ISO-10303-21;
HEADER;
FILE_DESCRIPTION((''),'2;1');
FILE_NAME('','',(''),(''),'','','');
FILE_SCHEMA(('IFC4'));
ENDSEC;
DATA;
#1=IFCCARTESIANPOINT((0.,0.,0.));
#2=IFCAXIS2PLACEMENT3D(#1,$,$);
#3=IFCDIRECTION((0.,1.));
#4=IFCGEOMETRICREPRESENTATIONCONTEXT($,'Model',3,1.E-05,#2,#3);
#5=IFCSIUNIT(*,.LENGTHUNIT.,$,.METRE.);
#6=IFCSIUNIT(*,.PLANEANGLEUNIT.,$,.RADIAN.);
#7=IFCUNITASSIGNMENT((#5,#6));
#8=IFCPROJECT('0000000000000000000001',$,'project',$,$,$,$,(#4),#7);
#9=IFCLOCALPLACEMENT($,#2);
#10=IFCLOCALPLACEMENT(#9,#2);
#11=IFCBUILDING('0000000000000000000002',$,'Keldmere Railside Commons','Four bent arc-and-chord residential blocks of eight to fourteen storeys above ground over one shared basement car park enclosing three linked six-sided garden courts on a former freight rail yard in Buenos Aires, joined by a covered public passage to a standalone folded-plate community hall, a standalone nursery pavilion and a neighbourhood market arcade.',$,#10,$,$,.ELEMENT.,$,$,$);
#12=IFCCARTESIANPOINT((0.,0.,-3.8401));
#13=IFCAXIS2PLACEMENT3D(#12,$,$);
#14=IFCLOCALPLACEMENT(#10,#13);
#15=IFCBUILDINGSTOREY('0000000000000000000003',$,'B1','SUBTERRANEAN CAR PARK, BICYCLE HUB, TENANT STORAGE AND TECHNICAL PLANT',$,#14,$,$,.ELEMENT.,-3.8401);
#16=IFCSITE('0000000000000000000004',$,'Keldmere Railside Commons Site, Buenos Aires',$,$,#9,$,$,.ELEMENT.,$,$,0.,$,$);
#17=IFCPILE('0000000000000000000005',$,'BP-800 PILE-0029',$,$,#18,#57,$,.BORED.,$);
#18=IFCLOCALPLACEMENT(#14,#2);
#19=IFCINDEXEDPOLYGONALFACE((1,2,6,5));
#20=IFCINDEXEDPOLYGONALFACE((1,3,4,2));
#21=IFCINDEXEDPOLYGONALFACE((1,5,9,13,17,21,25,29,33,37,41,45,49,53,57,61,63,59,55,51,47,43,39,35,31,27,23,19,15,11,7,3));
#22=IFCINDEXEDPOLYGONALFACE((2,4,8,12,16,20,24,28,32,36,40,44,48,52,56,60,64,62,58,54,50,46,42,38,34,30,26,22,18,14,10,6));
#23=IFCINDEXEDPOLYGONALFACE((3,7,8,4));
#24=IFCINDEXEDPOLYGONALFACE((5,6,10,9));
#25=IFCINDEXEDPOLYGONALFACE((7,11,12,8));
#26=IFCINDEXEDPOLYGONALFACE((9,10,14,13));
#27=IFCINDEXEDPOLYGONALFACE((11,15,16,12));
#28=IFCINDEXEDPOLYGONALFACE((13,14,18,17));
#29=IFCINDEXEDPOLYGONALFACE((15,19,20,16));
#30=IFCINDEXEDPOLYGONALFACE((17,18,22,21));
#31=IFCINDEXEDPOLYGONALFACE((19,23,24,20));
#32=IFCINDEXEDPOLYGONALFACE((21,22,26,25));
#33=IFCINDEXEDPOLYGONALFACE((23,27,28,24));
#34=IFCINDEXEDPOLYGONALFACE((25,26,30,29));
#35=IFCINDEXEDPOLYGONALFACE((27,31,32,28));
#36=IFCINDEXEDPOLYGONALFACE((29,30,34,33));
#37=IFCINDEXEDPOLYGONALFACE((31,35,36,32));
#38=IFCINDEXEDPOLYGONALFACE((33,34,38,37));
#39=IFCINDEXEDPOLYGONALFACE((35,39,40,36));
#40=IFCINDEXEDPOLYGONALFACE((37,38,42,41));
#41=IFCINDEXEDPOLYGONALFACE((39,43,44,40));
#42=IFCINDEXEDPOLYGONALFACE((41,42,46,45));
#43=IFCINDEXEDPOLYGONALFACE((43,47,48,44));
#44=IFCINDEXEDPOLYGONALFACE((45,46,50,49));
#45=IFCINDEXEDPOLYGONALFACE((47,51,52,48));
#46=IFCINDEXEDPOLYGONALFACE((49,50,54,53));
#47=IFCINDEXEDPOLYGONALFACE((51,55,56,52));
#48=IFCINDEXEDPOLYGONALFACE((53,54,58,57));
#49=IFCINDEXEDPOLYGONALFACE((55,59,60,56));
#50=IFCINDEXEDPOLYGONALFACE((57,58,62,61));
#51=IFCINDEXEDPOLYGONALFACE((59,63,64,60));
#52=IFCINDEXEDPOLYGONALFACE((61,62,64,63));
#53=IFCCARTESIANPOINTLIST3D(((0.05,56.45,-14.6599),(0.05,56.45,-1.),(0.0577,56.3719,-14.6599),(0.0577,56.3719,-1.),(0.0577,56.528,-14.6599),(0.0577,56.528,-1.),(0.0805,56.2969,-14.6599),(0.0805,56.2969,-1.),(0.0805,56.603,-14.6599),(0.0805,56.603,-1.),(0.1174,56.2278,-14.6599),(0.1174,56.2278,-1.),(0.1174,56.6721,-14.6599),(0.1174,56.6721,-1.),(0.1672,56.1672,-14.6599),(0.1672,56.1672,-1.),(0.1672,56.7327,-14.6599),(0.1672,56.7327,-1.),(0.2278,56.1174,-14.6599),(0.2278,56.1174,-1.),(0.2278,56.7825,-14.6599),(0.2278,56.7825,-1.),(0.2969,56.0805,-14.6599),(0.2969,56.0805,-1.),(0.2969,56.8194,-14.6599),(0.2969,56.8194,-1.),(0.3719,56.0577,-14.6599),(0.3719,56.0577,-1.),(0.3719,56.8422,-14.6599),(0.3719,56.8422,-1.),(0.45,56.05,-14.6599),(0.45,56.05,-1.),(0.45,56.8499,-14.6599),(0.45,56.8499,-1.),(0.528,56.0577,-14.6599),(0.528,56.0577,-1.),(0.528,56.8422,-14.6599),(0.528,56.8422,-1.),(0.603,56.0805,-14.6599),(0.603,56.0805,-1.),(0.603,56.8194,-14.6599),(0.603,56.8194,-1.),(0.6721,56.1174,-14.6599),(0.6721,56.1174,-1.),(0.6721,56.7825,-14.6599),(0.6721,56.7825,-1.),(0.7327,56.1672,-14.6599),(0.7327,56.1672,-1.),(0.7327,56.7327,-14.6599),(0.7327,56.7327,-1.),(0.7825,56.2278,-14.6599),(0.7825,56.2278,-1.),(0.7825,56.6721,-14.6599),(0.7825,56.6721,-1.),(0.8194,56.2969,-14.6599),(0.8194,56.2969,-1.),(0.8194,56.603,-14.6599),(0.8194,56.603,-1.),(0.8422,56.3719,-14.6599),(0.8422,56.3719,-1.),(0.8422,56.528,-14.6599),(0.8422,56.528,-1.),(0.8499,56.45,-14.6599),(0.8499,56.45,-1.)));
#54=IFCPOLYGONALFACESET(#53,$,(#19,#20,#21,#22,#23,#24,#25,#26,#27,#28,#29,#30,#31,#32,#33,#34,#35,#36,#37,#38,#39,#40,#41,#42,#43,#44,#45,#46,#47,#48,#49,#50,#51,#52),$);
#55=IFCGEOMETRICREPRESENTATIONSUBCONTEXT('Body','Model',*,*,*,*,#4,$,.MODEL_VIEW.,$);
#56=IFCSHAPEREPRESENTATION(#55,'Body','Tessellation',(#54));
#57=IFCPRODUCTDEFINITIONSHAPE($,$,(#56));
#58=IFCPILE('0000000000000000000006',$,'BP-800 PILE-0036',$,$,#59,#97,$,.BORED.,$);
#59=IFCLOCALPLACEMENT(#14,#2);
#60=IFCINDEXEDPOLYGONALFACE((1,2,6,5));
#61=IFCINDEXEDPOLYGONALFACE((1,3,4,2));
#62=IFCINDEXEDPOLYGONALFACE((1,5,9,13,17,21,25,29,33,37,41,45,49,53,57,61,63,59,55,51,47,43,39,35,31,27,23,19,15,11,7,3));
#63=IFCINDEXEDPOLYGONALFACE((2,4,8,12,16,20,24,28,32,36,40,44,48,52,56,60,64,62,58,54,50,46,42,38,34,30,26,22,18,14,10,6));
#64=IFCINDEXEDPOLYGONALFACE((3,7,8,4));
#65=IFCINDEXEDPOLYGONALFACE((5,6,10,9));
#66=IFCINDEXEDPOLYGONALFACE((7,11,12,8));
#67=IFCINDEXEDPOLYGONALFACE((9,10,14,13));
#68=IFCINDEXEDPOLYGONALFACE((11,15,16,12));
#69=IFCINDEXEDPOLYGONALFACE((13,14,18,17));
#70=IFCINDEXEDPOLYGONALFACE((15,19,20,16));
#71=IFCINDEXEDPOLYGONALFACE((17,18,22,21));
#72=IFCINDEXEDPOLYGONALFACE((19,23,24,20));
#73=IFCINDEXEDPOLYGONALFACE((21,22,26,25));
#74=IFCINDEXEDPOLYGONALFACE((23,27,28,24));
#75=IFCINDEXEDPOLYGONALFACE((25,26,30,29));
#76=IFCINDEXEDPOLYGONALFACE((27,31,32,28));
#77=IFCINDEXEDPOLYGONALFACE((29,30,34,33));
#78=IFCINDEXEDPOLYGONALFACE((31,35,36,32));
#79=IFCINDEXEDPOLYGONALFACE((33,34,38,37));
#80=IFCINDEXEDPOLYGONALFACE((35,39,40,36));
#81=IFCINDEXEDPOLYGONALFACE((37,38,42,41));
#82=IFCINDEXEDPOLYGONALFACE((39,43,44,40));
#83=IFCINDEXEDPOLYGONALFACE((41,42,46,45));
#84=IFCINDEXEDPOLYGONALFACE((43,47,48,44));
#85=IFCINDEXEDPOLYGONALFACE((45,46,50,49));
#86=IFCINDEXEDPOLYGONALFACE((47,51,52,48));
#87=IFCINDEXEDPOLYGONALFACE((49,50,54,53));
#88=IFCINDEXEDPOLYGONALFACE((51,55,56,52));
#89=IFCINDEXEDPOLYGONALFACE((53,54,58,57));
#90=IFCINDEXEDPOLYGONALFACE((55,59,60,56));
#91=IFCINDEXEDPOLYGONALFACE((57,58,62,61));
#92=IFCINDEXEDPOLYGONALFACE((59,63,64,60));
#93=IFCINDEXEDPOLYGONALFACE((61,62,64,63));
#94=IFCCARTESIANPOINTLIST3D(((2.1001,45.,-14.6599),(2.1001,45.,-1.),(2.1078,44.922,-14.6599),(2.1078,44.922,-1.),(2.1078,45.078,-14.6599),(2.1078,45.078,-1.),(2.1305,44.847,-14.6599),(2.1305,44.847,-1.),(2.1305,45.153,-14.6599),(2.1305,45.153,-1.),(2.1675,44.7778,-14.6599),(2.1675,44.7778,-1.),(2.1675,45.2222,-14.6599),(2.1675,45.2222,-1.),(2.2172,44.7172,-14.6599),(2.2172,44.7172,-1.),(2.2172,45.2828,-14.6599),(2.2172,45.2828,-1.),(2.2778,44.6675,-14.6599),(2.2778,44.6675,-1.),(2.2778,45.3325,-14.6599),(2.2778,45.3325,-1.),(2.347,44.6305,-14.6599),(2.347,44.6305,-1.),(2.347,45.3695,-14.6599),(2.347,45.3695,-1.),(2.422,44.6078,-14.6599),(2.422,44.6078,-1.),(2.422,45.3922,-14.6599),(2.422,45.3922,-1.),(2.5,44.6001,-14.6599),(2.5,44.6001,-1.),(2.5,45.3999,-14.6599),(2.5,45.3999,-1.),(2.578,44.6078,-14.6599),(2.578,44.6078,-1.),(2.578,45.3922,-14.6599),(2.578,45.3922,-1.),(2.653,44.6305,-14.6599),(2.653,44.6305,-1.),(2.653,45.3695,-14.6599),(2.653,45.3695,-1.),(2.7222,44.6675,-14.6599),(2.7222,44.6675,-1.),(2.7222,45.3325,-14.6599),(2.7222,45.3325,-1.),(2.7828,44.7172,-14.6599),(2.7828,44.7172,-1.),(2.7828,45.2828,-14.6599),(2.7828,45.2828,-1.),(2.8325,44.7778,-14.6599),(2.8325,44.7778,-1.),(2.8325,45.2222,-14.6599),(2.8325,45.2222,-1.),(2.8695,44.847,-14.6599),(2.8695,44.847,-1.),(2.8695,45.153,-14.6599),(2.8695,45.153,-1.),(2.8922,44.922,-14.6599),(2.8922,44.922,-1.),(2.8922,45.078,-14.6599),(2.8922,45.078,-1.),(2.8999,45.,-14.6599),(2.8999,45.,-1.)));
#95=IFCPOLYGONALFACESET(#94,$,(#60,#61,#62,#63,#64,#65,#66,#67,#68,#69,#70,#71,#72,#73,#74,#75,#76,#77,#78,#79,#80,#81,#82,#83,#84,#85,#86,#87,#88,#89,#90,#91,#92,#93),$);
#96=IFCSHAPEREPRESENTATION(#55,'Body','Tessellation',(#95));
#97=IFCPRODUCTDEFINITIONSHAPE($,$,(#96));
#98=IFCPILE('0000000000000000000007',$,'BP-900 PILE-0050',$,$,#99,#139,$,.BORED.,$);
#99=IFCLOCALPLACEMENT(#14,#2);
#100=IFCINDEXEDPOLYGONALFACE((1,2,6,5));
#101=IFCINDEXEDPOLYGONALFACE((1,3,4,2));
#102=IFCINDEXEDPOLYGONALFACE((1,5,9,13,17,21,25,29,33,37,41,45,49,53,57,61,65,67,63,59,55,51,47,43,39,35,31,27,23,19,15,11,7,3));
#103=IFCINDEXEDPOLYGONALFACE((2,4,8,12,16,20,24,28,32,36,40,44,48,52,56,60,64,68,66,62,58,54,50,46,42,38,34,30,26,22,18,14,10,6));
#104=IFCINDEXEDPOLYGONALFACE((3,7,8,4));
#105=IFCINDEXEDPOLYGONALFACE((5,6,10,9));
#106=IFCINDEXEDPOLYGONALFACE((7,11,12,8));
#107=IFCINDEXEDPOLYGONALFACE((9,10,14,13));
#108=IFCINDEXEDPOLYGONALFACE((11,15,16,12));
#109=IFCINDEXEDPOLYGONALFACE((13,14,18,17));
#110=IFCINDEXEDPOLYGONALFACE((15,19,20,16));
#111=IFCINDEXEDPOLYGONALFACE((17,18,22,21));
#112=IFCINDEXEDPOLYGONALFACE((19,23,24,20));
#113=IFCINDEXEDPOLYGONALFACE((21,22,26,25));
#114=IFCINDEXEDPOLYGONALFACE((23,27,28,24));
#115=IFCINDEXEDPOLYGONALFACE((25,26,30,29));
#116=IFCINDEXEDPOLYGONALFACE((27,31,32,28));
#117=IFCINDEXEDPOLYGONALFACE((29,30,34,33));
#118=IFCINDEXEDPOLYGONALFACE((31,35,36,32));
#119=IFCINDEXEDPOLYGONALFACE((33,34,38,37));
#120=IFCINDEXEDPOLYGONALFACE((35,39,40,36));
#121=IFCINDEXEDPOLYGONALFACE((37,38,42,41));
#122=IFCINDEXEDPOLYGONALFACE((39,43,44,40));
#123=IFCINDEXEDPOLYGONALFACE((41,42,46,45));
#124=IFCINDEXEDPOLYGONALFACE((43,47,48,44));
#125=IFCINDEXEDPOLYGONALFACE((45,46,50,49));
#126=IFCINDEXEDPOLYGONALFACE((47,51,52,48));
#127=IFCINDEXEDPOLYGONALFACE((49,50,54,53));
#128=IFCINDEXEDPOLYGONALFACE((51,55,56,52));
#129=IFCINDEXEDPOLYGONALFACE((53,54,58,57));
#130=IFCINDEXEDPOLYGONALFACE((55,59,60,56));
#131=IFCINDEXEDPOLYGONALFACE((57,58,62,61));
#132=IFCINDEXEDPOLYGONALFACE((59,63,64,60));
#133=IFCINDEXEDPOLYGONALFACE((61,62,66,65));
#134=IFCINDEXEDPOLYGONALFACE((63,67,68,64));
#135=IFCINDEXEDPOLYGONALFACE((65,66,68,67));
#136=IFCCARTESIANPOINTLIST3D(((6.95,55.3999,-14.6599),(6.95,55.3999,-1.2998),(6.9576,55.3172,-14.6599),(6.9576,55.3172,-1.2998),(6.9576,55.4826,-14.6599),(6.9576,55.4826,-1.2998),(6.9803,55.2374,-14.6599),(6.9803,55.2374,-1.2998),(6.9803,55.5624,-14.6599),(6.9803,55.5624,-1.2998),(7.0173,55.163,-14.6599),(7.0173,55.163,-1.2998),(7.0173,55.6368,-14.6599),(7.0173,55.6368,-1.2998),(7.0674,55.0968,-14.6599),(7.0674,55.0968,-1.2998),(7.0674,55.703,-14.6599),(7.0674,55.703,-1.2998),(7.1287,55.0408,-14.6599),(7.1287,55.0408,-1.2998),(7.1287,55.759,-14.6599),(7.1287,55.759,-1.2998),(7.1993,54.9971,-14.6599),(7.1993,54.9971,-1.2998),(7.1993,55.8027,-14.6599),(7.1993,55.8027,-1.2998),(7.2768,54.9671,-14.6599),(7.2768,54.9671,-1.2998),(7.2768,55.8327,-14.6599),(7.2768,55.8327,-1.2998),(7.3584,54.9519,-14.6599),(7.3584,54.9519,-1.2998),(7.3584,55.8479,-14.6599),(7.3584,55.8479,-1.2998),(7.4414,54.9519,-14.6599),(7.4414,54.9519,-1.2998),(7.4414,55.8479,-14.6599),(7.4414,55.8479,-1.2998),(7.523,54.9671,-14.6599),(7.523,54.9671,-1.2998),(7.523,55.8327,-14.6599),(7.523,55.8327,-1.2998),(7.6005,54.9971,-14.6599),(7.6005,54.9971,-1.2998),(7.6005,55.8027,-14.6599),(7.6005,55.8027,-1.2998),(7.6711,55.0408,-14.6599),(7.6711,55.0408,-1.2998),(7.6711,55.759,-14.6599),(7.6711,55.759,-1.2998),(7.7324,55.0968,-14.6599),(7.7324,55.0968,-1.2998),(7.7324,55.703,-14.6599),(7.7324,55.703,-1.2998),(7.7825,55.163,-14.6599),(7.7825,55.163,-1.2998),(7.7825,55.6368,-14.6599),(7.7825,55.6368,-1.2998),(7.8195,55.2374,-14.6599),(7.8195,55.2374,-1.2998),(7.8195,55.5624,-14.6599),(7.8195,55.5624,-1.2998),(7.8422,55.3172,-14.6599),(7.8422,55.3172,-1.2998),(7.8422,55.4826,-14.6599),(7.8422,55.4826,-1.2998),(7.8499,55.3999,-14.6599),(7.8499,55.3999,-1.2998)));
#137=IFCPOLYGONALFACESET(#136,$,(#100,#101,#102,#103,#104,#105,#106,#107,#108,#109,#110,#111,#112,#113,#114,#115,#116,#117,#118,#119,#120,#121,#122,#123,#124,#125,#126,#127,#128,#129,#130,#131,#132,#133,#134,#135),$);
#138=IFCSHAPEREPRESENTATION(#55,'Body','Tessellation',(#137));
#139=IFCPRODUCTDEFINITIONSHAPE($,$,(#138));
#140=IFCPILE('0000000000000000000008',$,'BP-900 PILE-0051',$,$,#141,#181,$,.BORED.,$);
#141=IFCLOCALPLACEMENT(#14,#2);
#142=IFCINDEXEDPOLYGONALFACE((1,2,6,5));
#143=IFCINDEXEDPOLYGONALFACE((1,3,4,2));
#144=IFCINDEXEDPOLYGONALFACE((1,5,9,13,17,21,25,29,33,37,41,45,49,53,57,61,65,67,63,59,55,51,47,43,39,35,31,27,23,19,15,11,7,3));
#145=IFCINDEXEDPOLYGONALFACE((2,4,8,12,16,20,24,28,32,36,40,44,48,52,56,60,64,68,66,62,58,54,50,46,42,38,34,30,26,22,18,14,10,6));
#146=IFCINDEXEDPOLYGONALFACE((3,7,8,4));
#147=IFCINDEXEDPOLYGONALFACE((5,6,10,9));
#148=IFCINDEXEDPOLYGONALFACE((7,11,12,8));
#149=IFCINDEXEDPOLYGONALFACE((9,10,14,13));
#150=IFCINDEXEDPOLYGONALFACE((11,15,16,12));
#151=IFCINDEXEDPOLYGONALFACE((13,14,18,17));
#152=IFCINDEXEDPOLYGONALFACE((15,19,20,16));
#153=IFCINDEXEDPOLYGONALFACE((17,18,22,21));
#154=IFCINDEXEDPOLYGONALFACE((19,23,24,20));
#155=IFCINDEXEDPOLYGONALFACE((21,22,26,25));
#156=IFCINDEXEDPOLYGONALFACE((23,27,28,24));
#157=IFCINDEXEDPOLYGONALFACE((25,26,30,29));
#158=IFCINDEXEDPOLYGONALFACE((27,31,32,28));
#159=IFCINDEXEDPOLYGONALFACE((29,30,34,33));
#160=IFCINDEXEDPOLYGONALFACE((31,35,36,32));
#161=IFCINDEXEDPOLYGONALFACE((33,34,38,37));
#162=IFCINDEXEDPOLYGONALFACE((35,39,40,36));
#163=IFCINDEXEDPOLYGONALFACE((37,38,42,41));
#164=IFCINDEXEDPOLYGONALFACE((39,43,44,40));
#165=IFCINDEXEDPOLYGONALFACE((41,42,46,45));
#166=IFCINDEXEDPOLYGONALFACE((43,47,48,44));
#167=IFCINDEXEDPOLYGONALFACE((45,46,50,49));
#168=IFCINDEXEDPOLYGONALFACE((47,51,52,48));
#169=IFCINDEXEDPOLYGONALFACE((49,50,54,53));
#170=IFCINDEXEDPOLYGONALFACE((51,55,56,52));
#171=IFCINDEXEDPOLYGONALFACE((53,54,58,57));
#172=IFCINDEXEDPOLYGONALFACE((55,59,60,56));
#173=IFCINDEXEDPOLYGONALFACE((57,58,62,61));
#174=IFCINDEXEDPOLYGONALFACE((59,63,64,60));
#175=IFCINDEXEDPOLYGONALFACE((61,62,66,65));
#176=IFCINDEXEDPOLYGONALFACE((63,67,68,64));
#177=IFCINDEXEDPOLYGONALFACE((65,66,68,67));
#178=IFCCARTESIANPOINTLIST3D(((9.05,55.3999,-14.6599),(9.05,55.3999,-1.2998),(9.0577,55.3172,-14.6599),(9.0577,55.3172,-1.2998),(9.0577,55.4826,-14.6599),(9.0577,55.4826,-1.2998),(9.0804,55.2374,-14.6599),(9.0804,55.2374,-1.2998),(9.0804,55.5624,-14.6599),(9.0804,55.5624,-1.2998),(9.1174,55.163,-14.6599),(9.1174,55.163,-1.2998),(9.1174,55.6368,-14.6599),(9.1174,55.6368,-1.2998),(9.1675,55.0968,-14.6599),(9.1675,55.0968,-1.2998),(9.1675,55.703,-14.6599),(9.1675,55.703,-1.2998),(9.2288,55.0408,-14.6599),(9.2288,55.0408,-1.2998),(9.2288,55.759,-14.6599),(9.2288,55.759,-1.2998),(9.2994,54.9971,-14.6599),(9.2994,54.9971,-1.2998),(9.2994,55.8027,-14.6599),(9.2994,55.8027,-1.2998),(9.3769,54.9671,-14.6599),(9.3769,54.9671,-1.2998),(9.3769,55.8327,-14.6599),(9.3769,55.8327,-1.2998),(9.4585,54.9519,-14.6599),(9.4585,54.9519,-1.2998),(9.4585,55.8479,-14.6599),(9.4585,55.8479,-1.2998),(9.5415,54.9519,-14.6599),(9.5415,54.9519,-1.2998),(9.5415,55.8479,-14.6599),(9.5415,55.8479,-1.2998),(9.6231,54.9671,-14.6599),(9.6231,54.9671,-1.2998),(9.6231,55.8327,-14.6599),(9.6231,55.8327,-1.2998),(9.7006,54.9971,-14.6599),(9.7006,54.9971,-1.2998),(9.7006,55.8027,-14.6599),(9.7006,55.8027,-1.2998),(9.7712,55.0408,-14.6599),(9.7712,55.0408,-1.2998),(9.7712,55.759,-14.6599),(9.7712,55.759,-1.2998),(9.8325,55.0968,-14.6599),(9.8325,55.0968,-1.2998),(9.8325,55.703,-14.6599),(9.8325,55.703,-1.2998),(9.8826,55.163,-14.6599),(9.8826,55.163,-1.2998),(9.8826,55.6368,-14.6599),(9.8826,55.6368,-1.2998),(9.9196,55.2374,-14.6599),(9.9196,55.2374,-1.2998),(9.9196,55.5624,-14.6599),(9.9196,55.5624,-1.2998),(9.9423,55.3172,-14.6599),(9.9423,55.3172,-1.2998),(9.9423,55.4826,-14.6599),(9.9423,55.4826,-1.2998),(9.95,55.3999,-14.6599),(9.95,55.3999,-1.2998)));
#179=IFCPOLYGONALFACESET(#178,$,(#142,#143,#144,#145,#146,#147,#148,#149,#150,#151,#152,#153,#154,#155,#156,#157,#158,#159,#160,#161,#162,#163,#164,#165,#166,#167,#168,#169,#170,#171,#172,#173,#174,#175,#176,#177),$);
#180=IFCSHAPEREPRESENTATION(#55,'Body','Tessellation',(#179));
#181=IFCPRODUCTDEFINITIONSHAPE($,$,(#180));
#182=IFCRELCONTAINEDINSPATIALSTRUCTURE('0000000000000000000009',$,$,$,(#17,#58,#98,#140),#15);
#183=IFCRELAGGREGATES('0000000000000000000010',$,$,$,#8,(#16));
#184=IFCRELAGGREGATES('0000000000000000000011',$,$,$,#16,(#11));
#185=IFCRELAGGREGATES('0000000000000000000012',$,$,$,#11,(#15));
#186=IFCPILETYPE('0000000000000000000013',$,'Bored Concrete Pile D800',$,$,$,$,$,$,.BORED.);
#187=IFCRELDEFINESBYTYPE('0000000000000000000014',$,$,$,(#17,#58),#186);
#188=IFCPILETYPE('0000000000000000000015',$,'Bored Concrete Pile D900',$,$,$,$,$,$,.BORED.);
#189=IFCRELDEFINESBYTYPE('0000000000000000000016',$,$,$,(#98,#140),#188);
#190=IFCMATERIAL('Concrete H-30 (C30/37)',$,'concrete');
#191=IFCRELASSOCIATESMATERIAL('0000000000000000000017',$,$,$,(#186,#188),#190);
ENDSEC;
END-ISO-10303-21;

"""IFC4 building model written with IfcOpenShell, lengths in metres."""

from ifc_helpers import new_model, si_unit, direction, frame, origin, origin_2d, place, context, subcontext, project, spatial, circle, extrude, material, material_profile, profile_set, type_object, element, save


model = new_model("IFC4")

# Units and contexts
model_context = context("Model", 3, precision=1e-05, world=origin(), true_north=direction((0.0, 1.0)))
body_context = subcontext(model_context, "Body", "Model", "MODEL_VIEW")
ifc_project = project(units=[si_unit("LENGTHUNIT", "METRE"), si_unit("PLANEANGLEUNIT", "RADIAN")], contexts=[model_context])

# Site, building, storey
site_placement = place(None, origin())
site = spatial("IfcSite", under=ifc_project, at=site_placement, Name="Keldmere Railside Commons Site, Buenos Aires", CompositionType="ELEMENT", RefElevation=0.0)
building_placement = place(site_placement, origin())
building = spatial("IfcBuilding", under=site, at=building_placement, Name="Keldmere Railside Commons", Description="Four bent arc-and-chord residential blocks of eight to fourteen storeys above ground over one shared basement car park enclosing three linked six-sided garden courts on a former freight rail yard in Buenos Aires, joined by a covered public passage to a standalone folded-plate community hall, a standalone nursery pavilion and a neighbourhood market arcade.", CompositionType="ELEMENT")
storey_placement = place(building_placement, frame((0.0, 0.0, -3.8401)))
storey = spatial("IfcBuildingStorey", under=building, at=storey_placement, Name="B1", Description="SUBTERRANEAN CAR PARK, BICYCLE HUB, TENANT STORAGE AND TECHNICAL PLANT", CompositionType="ELEMENT", Elevation=-3.8401)

# Piles
ifc_material_1 = material(Name="Concrete H-30 (C30/37)", Category="concrete")
ifc_material_profile_1 = material_profile(ifc_material_1, circle(Radius=0.3999, at=origin_2d()), Name="PILE-D800")
ifc_profile_set_1 = profile_set([ifc_material_profile_1], Name="Concrete H-30 (C30/37)")
pile_type_1 = type_object("IfcPileType", Name="Bored Concrete Pile D800", PredefinedType="BORED", material=ifc_profile_set_1)
for number, where, z_axis, x_axis, name in (
    (1, (0.45, 56.45, -1.0), (0.0, 0.0, -1.0), (1.0, 0.0, 0.0), "BP-800 PILE-0029"),
    (2, (2.5, 45.0, -1.0), (0.0, 0.0, -1.0), (1.0, 0.0, 0.0), "BP-800 PILE-0036"),
):
    element("IfcPile", number, at=place(storey_placement, frame(where, z_axis=z_axis, x_axis=x_axis)), inside=storey, type_object=pile_type_1, Name=name, PredefinedType="BORED", context=body_context, shape_type="SweptSolid", body=[
        extrude(circle(Radius=0.3999, at=origin_2d()), origin(), (0.0, 0.0, 1.0), 13.6599),
    ])
ifc_material_profile_2 = material_profile(ifc_material_1, circle(Radius=0.45, at=origin_2d()), Name="PILE-D900")
ifc_profile_set_2 = profile_set([ifc_material_profile_2], Name="Concrete H-30 (C30/37)")
pile_type_2 = type_object("IfcPileType", Name="Bored Concrete Pile D900", PredefinedType="BORED", material=ifc_profile_set_2)
for number, where, z_axis, x_axis, name in (
    (3, (7.3999, 55.3999, -1.2998), (0.0, 0.0, -1.0), (1.0, 0.0, 0.0), "BP-900 PILE-0050"),
    (4, (9.5, 55.3999, -1.2998), (0.0, 0.0, -1.0), (1.0, 0.0, 0.0), "BP-900 PILE-0051"),
):
    element("IfcPile", number, at=place(storey_placement, frame(where, z_axis=z_axis, x_axis=x_axis)), inside=storey, type_object=pile_type_2, Name=name, PredefinedType="BORED", context=body_context, shape_type="SweptSolid", body=[
        extrude(circle(Radius=0.45, at=origin_2d()), origin(), (0.0, 0.0, 1.0), 13.3601),
    ])

save(model, "model.ifc")
